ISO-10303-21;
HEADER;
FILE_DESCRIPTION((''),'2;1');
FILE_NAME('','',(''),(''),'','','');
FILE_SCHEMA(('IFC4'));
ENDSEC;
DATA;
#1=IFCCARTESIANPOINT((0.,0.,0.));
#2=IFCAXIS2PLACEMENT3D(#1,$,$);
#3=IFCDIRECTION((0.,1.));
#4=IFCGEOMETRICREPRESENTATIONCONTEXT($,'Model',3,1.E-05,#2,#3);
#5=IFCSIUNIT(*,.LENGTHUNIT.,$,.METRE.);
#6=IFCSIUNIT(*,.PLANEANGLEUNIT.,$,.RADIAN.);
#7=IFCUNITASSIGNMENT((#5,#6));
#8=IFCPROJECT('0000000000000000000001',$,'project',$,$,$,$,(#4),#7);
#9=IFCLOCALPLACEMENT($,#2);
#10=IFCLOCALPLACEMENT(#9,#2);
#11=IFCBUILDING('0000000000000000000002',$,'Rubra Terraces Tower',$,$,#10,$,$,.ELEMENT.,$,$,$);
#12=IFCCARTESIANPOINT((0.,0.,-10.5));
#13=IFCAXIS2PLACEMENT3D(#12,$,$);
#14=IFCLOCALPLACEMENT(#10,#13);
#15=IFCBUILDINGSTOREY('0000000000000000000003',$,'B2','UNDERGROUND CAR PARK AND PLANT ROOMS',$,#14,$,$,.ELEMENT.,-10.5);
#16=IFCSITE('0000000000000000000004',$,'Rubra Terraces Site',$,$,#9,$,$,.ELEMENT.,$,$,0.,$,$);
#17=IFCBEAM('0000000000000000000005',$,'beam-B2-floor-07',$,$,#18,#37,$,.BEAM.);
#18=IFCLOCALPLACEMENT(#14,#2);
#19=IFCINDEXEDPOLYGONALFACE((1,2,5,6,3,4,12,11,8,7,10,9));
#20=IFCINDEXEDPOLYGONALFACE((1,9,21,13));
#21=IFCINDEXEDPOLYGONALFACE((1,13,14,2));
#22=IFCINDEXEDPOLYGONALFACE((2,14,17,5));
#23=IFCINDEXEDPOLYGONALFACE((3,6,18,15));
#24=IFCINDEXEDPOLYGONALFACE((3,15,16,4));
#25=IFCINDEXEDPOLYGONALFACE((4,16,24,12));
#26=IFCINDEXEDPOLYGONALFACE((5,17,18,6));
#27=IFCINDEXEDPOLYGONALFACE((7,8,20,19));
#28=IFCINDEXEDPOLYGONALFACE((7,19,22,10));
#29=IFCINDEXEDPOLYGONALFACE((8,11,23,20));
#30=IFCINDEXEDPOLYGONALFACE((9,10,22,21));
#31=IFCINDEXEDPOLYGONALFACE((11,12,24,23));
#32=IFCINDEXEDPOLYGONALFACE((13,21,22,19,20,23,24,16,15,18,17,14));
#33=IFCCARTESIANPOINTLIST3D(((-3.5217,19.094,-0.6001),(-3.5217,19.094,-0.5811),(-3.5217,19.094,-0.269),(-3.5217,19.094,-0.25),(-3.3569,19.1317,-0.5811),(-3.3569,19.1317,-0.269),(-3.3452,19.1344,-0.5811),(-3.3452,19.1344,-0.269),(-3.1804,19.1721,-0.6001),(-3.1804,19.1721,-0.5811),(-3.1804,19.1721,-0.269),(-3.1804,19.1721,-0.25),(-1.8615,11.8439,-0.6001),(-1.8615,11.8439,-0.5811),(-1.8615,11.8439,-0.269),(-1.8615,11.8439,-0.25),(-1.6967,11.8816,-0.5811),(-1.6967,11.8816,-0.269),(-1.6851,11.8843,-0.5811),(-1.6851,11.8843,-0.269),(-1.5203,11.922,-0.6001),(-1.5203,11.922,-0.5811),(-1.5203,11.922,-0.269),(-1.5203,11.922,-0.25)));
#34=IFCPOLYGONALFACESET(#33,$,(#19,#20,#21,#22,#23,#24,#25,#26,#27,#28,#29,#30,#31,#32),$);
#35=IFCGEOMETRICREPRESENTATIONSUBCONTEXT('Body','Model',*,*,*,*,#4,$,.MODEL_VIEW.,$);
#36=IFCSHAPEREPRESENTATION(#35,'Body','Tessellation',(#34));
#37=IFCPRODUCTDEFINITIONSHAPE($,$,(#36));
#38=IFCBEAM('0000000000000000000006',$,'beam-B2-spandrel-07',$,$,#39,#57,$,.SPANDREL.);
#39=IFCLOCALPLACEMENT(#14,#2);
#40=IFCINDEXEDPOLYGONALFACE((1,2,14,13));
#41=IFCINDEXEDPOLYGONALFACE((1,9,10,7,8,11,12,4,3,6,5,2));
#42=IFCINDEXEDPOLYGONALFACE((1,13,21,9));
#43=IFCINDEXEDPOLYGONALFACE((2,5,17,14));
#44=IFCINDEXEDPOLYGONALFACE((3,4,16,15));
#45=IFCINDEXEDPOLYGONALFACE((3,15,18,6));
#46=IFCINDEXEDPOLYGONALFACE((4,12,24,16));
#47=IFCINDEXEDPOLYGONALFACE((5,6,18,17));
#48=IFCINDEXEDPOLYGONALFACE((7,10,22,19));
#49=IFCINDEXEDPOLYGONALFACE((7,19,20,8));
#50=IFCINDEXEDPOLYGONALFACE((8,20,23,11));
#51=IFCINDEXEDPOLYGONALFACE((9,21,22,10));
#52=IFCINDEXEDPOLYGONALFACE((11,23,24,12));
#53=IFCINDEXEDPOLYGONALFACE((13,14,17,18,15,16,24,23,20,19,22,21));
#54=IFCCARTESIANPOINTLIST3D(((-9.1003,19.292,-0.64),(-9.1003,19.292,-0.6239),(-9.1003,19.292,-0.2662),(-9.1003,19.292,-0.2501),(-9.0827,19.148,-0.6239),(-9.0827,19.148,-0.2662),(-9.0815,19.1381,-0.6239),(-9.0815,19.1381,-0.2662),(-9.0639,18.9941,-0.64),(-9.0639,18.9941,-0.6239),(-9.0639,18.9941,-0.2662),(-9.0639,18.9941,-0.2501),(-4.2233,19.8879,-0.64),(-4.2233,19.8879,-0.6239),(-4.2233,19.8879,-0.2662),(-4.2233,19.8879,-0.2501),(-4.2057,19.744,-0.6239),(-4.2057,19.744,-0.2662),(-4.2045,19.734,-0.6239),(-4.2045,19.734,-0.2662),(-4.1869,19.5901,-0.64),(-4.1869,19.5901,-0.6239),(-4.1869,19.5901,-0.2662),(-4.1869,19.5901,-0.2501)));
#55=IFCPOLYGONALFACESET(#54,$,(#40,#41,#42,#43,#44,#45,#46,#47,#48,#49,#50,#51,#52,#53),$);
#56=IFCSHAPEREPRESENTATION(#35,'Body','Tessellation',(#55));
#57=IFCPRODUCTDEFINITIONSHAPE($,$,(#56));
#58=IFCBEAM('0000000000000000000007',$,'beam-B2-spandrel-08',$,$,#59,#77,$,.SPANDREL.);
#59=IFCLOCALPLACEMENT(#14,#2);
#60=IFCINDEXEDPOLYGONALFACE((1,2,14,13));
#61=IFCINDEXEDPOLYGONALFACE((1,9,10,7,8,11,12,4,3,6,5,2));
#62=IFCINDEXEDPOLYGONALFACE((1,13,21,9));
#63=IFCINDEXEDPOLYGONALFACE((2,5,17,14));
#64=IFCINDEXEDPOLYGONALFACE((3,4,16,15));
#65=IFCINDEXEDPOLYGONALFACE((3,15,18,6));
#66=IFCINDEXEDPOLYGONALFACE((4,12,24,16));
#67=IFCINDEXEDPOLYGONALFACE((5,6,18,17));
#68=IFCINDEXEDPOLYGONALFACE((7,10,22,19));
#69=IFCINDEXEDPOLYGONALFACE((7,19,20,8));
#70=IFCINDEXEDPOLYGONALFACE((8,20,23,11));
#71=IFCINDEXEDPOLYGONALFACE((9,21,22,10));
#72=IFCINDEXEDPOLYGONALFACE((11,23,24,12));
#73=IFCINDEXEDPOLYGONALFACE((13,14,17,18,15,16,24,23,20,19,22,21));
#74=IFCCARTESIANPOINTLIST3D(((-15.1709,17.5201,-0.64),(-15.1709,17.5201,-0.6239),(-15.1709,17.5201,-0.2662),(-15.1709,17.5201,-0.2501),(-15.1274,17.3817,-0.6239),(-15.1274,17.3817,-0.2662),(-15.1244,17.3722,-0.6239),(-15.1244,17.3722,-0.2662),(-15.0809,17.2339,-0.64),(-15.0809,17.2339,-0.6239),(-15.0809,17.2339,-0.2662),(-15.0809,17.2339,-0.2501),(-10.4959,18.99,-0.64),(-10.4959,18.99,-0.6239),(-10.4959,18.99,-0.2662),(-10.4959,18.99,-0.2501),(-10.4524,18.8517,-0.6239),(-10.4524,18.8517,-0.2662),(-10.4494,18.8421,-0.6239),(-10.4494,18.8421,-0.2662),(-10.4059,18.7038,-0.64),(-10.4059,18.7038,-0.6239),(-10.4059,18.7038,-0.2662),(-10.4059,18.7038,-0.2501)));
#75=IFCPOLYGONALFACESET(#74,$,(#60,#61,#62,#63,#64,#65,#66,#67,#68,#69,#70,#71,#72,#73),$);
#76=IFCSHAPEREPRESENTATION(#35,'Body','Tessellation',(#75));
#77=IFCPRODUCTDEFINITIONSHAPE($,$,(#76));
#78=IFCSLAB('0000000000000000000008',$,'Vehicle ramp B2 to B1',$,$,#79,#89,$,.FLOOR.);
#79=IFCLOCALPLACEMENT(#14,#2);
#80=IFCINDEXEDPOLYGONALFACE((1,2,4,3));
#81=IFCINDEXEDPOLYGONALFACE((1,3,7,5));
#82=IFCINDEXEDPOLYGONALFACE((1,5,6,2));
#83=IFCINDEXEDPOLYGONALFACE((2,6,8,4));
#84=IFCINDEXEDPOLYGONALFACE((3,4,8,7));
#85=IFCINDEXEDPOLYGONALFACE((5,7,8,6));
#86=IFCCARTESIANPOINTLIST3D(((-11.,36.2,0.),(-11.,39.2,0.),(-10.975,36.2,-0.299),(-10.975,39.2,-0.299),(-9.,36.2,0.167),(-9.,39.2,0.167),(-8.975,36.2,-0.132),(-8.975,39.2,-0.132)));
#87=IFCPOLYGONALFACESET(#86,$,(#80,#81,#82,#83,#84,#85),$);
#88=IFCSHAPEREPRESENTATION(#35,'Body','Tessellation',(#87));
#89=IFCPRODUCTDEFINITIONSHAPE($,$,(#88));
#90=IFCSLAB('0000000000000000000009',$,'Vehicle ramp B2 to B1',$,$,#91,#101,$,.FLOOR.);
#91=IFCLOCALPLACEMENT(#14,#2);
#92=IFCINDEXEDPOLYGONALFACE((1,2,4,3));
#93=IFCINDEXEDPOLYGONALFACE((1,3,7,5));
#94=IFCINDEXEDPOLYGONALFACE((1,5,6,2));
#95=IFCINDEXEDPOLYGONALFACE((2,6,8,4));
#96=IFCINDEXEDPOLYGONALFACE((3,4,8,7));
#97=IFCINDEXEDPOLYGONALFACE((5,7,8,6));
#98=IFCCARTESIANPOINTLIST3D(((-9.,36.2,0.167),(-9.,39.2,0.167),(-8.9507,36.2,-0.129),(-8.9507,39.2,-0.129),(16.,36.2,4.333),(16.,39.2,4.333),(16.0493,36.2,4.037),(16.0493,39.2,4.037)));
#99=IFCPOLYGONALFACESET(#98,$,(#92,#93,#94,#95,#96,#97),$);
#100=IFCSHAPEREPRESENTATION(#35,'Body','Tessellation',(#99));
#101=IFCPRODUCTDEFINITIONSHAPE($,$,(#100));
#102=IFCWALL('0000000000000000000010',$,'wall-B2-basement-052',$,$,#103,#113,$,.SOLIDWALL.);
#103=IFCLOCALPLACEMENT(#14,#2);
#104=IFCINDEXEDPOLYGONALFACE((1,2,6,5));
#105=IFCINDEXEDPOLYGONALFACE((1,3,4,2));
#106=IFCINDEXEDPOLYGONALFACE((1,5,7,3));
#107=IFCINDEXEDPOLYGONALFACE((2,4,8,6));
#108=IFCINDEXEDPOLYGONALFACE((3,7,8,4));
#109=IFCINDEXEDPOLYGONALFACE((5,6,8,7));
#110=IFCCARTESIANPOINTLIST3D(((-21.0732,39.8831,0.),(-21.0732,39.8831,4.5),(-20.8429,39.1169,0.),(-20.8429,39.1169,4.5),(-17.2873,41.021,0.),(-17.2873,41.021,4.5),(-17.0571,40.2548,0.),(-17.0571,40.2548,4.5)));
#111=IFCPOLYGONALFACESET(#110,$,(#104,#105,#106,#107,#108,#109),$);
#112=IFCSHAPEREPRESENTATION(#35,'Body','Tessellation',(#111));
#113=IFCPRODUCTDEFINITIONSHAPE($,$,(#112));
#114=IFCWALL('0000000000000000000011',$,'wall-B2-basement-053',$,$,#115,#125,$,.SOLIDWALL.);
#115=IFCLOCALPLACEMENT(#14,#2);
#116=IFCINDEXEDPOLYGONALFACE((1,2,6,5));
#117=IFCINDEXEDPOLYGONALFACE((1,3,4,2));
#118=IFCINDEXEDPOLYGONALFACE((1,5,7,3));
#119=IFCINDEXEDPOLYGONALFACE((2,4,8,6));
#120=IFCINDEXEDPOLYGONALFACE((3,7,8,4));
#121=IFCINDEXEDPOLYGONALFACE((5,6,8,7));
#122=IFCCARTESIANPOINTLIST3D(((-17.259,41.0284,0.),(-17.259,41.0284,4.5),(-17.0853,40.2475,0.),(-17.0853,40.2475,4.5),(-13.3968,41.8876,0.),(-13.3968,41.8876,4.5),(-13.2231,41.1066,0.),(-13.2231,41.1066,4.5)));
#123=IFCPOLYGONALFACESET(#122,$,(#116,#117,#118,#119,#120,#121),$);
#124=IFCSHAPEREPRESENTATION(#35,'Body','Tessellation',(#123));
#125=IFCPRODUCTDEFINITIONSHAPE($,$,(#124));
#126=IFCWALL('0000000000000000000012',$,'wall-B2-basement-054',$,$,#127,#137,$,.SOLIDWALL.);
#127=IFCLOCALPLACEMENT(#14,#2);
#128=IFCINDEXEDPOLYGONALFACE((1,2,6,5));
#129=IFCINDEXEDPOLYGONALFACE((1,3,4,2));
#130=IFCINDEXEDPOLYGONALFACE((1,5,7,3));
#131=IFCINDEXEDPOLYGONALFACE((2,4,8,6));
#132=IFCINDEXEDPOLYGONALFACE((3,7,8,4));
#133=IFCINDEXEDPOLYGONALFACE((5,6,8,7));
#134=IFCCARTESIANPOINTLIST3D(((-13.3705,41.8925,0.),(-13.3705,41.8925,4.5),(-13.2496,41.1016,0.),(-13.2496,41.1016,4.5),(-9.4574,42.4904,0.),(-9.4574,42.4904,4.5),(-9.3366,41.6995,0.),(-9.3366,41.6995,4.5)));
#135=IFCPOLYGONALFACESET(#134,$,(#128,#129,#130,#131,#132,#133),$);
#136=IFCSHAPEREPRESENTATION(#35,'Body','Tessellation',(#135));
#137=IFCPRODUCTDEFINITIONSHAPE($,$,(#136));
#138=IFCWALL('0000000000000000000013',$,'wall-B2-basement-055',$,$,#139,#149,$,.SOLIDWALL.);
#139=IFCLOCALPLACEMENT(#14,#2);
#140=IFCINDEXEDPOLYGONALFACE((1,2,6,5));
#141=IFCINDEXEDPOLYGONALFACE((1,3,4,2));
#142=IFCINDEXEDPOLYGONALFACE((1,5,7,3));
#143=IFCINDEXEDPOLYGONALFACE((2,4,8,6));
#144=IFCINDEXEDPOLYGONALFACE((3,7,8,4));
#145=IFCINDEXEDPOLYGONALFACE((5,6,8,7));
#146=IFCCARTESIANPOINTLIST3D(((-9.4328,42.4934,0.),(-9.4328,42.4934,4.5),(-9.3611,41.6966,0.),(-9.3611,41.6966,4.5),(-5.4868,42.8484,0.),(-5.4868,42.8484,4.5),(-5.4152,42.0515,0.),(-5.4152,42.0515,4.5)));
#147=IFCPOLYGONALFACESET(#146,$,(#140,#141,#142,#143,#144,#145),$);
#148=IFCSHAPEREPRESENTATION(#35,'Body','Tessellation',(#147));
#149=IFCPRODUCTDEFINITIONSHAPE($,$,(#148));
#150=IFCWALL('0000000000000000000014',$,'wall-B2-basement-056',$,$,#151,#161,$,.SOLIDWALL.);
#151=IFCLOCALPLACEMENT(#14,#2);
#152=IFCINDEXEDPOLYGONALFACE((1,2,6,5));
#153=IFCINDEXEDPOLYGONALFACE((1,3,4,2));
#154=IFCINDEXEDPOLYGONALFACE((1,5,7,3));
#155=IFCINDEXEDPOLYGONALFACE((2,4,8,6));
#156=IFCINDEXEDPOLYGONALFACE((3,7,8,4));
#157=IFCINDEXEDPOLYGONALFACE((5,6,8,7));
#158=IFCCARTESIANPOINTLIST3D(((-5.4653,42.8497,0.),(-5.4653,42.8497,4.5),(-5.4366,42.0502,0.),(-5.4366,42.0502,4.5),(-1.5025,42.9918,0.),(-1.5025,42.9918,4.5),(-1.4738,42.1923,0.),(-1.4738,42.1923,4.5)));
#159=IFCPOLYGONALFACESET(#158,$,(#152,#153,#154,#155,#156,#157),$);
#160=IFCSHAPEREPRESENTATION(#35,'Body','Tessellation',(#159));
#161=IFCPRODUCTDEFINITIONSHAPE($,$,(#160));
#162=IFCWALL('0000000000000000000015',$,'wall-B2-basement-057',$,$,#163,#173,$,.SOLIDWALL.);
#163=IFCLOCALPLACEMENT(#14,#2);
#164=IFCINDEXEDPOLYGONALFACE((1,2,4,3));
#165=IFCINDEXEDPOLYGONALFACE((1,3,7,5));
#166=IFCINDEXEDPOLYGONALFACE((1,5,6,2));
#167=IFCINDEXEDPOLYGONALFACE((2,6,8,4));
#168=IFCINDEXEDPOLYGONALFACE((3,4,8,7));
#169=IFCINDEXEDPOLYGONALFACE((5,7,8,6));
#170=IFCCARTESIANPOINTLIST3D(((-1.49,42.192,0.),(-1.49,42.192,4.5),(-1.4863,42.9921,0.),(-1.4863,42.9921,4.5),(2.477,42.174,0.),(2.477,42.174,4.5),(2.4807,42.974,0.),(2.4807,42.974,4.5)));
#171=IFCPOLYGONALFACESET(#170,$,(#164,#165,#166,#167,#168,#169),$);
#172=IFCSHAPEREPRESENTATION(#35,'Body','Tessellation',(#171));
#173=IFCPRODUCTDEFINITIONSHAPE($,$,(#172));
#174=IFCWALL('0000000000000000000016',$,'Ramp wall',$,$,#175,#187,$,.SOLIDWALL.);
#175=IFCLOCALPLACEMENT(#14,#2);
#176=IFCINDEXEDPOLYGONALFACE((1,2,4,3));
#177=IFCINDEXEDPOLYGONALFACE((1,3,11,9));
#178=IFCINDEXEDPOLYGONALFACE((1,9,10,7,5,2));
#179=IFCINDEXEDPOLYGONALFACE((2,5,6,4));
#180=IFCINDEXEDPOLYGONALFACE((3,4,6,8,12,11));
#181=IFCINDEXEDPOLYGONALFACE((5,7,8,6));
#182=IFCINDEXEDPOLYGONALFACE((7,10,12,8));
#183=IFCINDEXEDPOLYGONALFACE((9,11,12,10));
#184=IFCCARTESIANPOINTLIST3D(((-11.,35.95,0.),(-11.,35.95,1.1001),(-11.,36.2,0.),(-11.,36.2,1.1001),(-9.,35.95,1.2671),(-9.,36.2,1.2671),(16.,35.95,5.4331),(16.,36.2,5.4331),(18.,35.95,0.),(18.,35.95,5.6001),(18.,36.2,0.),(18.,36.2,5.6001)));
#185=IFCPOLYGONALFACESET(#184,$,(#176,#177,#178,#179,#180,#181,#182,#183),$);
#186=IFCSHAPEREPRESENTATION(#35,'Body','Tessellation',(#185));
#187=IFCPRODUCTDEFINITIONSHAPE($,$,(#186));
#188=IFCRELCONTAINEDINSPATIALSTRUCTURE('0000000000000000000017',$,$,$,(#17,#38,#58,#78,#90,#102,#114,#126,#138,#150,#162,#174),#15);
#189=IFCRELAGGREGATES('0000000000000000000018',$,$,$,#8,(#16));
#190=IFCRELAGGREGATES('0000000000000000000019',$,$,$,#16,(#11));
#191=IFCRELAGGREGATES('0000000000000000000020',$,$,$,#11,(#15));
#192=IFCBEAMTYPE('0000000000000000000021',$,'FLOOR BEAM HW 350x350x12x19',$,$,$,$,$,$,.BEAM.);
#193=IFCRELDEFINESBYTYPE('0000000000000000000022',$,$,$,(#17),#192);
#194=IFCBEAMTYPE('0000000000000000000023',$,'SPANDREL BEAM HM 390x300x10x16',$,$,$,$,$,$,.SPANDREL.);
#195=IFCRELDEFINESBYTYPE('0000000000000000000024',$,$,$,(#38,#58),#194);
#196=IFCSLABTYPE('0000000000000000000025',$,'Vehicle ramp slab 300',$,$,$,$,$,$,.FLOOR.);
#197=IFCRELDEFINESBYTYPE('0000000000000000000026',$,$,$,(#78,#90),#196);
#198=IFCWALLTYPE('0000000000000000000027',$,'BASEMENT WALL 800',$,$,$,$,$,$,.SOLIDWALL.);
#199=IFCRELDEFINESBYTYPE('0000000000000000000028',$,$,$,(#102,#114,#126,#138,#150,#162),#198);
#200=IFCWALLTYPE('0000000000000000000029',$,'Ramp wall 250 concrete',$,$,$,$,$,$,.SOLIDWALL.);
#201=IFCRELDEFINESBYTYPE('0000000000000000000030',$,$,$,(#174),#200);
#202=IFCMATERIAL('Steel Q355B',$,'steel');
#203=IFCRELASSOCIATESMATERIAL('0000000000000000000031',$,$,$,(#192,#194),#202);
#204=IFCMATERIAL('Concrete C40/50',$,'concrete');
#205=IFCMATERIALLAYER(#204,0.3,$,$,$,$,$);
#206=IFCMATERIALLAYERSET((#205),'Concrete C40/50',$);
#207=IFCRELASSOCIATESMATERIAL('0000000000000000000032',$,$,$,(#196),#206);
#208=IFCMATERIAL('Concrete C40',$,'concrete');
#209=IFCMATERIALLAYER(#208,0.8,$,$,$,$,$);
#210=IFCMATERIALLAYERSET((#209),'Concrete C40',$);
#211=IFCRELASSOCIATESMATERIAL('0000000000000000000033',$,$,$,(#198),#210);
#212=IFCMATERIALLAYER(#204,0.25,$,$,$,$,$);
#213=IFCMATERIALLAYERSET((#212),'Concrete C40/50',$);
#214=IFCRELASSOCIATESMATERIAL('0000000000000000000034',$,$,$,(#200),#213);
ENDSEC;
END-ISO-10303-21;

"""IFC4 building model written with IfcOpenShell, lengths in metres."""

from ifc_helpers import new_model, si_unit, direction, frame, frame_2d, origin, origin_2d, place, context, subcontext, project, spatial, polyline, rectangle, i_section, outline, extrude, material, layer, layer_set, material_profile, profile_set, type_object, element, save


model = new_model("IFC4")

# Units and contexts
model_context = context("Model", 3, precision=1e-05, world=origin(), true_north=direction((0.0, 1.0)))
body_context = subcontext(model_context, "Body", "Model", "MODEL_VIEW")
ifc_project = project(units=[si_unit("LENGTHUNIT", "METRE"), si_unit("PLANEANGLEUNIT", "RADIAN")], contexts=[model_context])

# Site, building, storey
site_placement = place(None, origin())
site = spatial("IfcSite", under=ifc_project, at=site_placement, Name="Rubra Terraces Site", CompositionType="ELEMENT", RefElevation=0.0)
building_placement = place(site_placement, origin())
building = spatial("IfcBuilding", under=site, at=building_placement, Name="Rubra Terraces Tower", CompositionType="ELEMENT")
storey_placement = place(building_placement, frame((0.0, 0.0, -10.5)))
storey = spatial("IfcBuildingStorey", under=building, at=storey_placement, Name="B2", Description="UNDERGROUND CAR PARK AND PLANT ROOMS", CompositionType="ELEMENT", Elevation=-10.5)

# Beams
ifc_material_1 = material(Name="Steel Q355B", Category="steel")
ifc_material_profile_1 = material_profile(ifc_material_1, i_section(OverallWidth=0.3501, OverallDepth=0.3501, WebThickness=0.012, FlangeThickness=0.019, at=origin_2d()), Name="HW 350x350x12x19")
ifc_profile_set_1 = profile_set([ifc_material_profile_1], Name="Steel Q355B")
beam_type_1 = type_object("IfcBeamType", Name="FLOOR BEAM HW 350x350x12x19", PredefinedType="BEAM", material=ifc_profile_set_1)
beam_1_placement = place(storey_placement, frame((-3.3511, 19.1331, -0.425), z_axis=(0.22321, -0.97477, 0.0), x_axis=(0.97477, 0.22321, 0.0)))
element("IfcBeam", 1, at=beam_1_placement, inside=storey, type_object=beam_type_1, Name="beam-B2-floor-07", PredefinedType="BEAM", context=body_context, shape_type="SweptSolid", body=[
    extrude(i_section(OverallWidth=0.3501, OverallDepth=0.3501, WebThickness=0.012, FlangeThickness=0.019, at=origin_2d()), origin(), (0.0, 0.0, 1.0), 7.4377),
])
ifc_material_profile_2 = material_profile(ifc_material_1, i_section(OverallWidth=0.3, OverallDepth=0.3899, WebThickness=0.01, FlangeThickness=0.0161, at=origin_2d()), Name="HM 390x300x10x16")
ifc_profile_set_2 = profile_set([ifc_material_profile_2], Name="Steel Q355B")
beam_type_2 = type_object("IfcBeamType", Name="SPANDREL BEAM HM 390x300x10x16", PredefinedType="SPANDREL", material=ifc_profile_set_2)
beam_2_placement = place(storey_placement, frame((-4.2051, 19.739, -0.4451), z_axis=(-0.992617, -0.121294, 0.0), x_axis=(0.121294, -0.992617, 0.0)))
element("IfcBeam", 2, at=beam_2_placement, inside=storey, type_object=beam_type_2, Name="beam-B2-spandrel-07", PredefinedType="SPANDREL", context=body_context, shape_type="SweptSolid", body=[
    extrude(i_section(OverallWidth=0.3, OverallDepth=0.3899, WebThickness=0.01, FlangeThickness=0.0161, at=origin_2d()), origin(), (0.0, 0.0, 1.0), 4.9133),
])
beam_3_placement = place(storey_placement, frame((-10.4509, 18.8469, -0.4451), z_axis=(-0.953955, -0.299951, 0.0), x_axis=(0.299951, -0.953955, 0.0)))
element("IfcBeam", 3, at=beam_3_placement, inside=storey, type_object=beam_type_2, Name="beam-B2-spandrel-08", PredefinedType="SPANDREL", context=body_context, shape_type="SweptSolid", body=[
    extrude(i_section(OverallWidth=0.3, OverallDepth=0.3899, WebThickness=0.01, FlangeThickness=0.0161, at=origin_2d()), origin(), (0.0, 0.0, 1.0), 4.9006),
])

# Slabs
ifc_material_2 = material(Name="Concrete C40/50", Category="concrete")
ifc_layer_1 = layer(ifc_material_2, 0.3)
ifc_layer_set_1 = layer_set([ifc_layer_1], Name="Concrete C40/50")
slab_type = type_object("IfcSlabType", Name="Vehicle ramp slab 300", PredefinedType="FLOOR", material=ifc_layer_set_1)
slab_1_placement = place(storey_placement, frame((-11.0, 36.2, 0.0), z_axis=(-0.083207, 0.0, 0.996532), x_axis=(0.996532, 0.0, 0.083207)))
element("IfcSlab", 4, at=slab_1_placement, inside=storey, type_object=slab_type, Name="Vehicle ramp B2 to B1", PredefinedType="FLOOR", context=body_context, shape_type="SweptSolid", body=[
    extrude(outline(polyline([(0.0, 0.0), (2.007, 0.0), (2.007, 3.0), (0.0, 3.0), (0.0, 0.0)])), origin(), (0.0, 0.0, -1.0), 0.3),
])
slab_2_placement = place(storey_placement, frame((-9.0, 36.2, 0.167), z_axis=(-0.164374, 0.0, 0.986398), x_axis=(0.986398, 0.0, 0.164374)))
element("IfcSlab", 5, at=slab_2_placement, inside=storey, type_object=slab_type, Name="Vehicle ramp B2 to B1", PredefinedType="FLOOR", context=body_context, shape_type="SweptSolid", body=[
    extrude(outline(polyline([(0.0, 0.0), (25.3447, 0.0), (25.3447, 3.0), (0.0, 3.0), (0.0, 0.0)])), origin(), (0.0, 0.0, -1.0), 0.3),
])

# Walls
ifc_material_3 = material(Name="Concrete C40", Category="concrete")
ifc_layer_2 = layer(ifc_material_3, 0.8)
ifc_layer_set_2 = layer_set([ifc_layer_2], Name="Concrete C40")
wall_type_1 = type_object("IfcWallType", Name="BASEMENT WALL 800", PredefinedType="SOLIDWALL", material=ifc_layer_set_2)
wall_1_placement = place(storey_placement, frame((-20.958, 39.5, 0.0), z_axis=(0.0, 0.0, 1.0), x_axis=(0.957675, 0.287852, 0.0)))
element("IfcWall", 6, at=wall_1_placement, inside=storey, type_object=wall_type_1, Name="wall-B2-basement-052", PredefinedType="SOLIDWALL", context=body_context, shape_type="SweptSolid", body=[
    extrude(rectangle(XDim=3.9531, YDim=0.8, at=frame_2d((1.9766, 0.0))), origin(), (0.0, 0.0, 1.0), 4.5),
])
wall_2_placement = place(storey_placement, frame((-17.1721, 40.6379, 0.0), z_axis=(0.0, 0.0, 1.0), x_axis=(0.976139, 0.217146, 0.0)))
element("IfcWall", 7, at=wall_2_placement, inside=storey, type_object=wall_type_1, Name="wall-B2-basement-053", PredefinedType="SOLIDWALL", context=body_context, shape_type="SweptSolid", body=[
    extrude(rectangle(XDim=3.9565, YDim=0.8, at=frame_2d((1.9783, 0.0))), origin(), (0.0, 0.0, 1.0), 4.5),
])
wall_3_placement = place(storey_placement, frame((-13.3101, 41.4971, 0.0), z_axis=(0.0, 0.0, 1.0), x_axis=(0.988527, 0.151042, 0.0)))
element("IfcWall", 8, at=wall_3_placement, inside=storey, type_object=wall_type_1, Name="wall-B2-basement-054", PredefinedType="SOLIDWALL", context=body_context, shape_type="SweptSolid", body=[
    extrude(rectangle(XDim=3.9585, YDim=0.8, at=frame_2d((1.9792, 0.0))), origin(), (0.0, 0.0, 1.0), 4.5),
])
wall_4_placement = place(storey_placement, frame((-9.397, 42.095, 0.0), z_axis=(0.0, 0.0, 1.0), x_axis=(0.995978, 0.089597, 0.0)))
element("IfcWall", 9, at=wall_4_placement, inside=storey, type_object=wall_type_1, Name="wall-B2-basement-055", PredefinedType="SOLIDWALL", context=body_context, shape_type="SweptSolid", body=[
    extrude(rectangle(XDim=3.9619, YDim=0.8, at=frame_2d((1.981, 0.0))), origin(), (0.0, 0.0, 1.0), 4.5),
])
wall_5_placement = place(storey_placement, frame((-5.4509, 42.45, 0.0), z_axis=(0.0, 0.0, 1.0), x_axis=(0.999358, 0.035832, 0.0)))
element("IfcWall", 10, at=wall_5_placement, inside=storey, type_object=wall_type_1, Name="wall-B2-basement-056", PredefinedType="SOLIDWALL", context=body_context, shape_type="SweptSolid", body=[
    extrude(rectangle(XDim=3.9653, YDim=0.8, at=frame_2d((1.9827, 0.0))), origin(), (0.0, 0.0, 1.0), 4.5),
])
wall_6_placement = place(storey_placement, frame((-1.488, 42.592, 0.0), z_axis=(0.0, 0.0, 1.0), x_axis=(0.99999, -0.004554, 0.0)))
element("IfcWall", 11, at=wall_6_placement, inside=storey, type_object=wall_type_1, Name="wall-B2-basement-057", PredefinedType="SOLIDWALL", context=body_context, shape_type="SweptSolid", body=[
    extrude(rectangle(XDim=3.967, YDim=0.8, at=frame_2d((1.9834, 0.0))), origin(), (0.0, 0.0, 1.0), 4.5),
])
ifc_layer_3 = layer(ifc_material_2, 0.25)
ifc_layer_set_3 = layer_set([ifc_layer_3], Name="Concrete C40/50")
wall_type_2 = type_object("IfcWallType", Name="Ramp wall 250 concrete", PredefinedType="SOLIDWALL", material=ifc_layer_set_3)
for number, where, z_axis, x_axis, name in (
    (12, (-11.0, 36.075, 0.0), (0.0, 0.0, 1.0), (1.0, 0.0, 0.0), "Ramp wall"),
):
    element("IfcWall", number, at=place(storey_placement, frame(where, z_axis=z_axis, x_axis=x_axis)), inside=storey, type_object=wall_type_2, Name=name, PredefinedType="SOLIDWALL", context=body_context, shape_type="SweptSolid", body=[
        extrude(outline(polyline([(0.0, 0.0), (29.0, 0.0), (29.0, 5.6001), (27.0, 5.4331), (2.0, 1.2671), (0.0, 1.1001), (0.0, 0.0)])), frame((0.0, 0.125, 0.0), z_axis=(0.0, -1.0, 0.0), x_axis=(1.0, 0.0, 0.0)), (0.0, 0.0, 1.0), 0.25),
    ])

save(model, "model.ifc")
